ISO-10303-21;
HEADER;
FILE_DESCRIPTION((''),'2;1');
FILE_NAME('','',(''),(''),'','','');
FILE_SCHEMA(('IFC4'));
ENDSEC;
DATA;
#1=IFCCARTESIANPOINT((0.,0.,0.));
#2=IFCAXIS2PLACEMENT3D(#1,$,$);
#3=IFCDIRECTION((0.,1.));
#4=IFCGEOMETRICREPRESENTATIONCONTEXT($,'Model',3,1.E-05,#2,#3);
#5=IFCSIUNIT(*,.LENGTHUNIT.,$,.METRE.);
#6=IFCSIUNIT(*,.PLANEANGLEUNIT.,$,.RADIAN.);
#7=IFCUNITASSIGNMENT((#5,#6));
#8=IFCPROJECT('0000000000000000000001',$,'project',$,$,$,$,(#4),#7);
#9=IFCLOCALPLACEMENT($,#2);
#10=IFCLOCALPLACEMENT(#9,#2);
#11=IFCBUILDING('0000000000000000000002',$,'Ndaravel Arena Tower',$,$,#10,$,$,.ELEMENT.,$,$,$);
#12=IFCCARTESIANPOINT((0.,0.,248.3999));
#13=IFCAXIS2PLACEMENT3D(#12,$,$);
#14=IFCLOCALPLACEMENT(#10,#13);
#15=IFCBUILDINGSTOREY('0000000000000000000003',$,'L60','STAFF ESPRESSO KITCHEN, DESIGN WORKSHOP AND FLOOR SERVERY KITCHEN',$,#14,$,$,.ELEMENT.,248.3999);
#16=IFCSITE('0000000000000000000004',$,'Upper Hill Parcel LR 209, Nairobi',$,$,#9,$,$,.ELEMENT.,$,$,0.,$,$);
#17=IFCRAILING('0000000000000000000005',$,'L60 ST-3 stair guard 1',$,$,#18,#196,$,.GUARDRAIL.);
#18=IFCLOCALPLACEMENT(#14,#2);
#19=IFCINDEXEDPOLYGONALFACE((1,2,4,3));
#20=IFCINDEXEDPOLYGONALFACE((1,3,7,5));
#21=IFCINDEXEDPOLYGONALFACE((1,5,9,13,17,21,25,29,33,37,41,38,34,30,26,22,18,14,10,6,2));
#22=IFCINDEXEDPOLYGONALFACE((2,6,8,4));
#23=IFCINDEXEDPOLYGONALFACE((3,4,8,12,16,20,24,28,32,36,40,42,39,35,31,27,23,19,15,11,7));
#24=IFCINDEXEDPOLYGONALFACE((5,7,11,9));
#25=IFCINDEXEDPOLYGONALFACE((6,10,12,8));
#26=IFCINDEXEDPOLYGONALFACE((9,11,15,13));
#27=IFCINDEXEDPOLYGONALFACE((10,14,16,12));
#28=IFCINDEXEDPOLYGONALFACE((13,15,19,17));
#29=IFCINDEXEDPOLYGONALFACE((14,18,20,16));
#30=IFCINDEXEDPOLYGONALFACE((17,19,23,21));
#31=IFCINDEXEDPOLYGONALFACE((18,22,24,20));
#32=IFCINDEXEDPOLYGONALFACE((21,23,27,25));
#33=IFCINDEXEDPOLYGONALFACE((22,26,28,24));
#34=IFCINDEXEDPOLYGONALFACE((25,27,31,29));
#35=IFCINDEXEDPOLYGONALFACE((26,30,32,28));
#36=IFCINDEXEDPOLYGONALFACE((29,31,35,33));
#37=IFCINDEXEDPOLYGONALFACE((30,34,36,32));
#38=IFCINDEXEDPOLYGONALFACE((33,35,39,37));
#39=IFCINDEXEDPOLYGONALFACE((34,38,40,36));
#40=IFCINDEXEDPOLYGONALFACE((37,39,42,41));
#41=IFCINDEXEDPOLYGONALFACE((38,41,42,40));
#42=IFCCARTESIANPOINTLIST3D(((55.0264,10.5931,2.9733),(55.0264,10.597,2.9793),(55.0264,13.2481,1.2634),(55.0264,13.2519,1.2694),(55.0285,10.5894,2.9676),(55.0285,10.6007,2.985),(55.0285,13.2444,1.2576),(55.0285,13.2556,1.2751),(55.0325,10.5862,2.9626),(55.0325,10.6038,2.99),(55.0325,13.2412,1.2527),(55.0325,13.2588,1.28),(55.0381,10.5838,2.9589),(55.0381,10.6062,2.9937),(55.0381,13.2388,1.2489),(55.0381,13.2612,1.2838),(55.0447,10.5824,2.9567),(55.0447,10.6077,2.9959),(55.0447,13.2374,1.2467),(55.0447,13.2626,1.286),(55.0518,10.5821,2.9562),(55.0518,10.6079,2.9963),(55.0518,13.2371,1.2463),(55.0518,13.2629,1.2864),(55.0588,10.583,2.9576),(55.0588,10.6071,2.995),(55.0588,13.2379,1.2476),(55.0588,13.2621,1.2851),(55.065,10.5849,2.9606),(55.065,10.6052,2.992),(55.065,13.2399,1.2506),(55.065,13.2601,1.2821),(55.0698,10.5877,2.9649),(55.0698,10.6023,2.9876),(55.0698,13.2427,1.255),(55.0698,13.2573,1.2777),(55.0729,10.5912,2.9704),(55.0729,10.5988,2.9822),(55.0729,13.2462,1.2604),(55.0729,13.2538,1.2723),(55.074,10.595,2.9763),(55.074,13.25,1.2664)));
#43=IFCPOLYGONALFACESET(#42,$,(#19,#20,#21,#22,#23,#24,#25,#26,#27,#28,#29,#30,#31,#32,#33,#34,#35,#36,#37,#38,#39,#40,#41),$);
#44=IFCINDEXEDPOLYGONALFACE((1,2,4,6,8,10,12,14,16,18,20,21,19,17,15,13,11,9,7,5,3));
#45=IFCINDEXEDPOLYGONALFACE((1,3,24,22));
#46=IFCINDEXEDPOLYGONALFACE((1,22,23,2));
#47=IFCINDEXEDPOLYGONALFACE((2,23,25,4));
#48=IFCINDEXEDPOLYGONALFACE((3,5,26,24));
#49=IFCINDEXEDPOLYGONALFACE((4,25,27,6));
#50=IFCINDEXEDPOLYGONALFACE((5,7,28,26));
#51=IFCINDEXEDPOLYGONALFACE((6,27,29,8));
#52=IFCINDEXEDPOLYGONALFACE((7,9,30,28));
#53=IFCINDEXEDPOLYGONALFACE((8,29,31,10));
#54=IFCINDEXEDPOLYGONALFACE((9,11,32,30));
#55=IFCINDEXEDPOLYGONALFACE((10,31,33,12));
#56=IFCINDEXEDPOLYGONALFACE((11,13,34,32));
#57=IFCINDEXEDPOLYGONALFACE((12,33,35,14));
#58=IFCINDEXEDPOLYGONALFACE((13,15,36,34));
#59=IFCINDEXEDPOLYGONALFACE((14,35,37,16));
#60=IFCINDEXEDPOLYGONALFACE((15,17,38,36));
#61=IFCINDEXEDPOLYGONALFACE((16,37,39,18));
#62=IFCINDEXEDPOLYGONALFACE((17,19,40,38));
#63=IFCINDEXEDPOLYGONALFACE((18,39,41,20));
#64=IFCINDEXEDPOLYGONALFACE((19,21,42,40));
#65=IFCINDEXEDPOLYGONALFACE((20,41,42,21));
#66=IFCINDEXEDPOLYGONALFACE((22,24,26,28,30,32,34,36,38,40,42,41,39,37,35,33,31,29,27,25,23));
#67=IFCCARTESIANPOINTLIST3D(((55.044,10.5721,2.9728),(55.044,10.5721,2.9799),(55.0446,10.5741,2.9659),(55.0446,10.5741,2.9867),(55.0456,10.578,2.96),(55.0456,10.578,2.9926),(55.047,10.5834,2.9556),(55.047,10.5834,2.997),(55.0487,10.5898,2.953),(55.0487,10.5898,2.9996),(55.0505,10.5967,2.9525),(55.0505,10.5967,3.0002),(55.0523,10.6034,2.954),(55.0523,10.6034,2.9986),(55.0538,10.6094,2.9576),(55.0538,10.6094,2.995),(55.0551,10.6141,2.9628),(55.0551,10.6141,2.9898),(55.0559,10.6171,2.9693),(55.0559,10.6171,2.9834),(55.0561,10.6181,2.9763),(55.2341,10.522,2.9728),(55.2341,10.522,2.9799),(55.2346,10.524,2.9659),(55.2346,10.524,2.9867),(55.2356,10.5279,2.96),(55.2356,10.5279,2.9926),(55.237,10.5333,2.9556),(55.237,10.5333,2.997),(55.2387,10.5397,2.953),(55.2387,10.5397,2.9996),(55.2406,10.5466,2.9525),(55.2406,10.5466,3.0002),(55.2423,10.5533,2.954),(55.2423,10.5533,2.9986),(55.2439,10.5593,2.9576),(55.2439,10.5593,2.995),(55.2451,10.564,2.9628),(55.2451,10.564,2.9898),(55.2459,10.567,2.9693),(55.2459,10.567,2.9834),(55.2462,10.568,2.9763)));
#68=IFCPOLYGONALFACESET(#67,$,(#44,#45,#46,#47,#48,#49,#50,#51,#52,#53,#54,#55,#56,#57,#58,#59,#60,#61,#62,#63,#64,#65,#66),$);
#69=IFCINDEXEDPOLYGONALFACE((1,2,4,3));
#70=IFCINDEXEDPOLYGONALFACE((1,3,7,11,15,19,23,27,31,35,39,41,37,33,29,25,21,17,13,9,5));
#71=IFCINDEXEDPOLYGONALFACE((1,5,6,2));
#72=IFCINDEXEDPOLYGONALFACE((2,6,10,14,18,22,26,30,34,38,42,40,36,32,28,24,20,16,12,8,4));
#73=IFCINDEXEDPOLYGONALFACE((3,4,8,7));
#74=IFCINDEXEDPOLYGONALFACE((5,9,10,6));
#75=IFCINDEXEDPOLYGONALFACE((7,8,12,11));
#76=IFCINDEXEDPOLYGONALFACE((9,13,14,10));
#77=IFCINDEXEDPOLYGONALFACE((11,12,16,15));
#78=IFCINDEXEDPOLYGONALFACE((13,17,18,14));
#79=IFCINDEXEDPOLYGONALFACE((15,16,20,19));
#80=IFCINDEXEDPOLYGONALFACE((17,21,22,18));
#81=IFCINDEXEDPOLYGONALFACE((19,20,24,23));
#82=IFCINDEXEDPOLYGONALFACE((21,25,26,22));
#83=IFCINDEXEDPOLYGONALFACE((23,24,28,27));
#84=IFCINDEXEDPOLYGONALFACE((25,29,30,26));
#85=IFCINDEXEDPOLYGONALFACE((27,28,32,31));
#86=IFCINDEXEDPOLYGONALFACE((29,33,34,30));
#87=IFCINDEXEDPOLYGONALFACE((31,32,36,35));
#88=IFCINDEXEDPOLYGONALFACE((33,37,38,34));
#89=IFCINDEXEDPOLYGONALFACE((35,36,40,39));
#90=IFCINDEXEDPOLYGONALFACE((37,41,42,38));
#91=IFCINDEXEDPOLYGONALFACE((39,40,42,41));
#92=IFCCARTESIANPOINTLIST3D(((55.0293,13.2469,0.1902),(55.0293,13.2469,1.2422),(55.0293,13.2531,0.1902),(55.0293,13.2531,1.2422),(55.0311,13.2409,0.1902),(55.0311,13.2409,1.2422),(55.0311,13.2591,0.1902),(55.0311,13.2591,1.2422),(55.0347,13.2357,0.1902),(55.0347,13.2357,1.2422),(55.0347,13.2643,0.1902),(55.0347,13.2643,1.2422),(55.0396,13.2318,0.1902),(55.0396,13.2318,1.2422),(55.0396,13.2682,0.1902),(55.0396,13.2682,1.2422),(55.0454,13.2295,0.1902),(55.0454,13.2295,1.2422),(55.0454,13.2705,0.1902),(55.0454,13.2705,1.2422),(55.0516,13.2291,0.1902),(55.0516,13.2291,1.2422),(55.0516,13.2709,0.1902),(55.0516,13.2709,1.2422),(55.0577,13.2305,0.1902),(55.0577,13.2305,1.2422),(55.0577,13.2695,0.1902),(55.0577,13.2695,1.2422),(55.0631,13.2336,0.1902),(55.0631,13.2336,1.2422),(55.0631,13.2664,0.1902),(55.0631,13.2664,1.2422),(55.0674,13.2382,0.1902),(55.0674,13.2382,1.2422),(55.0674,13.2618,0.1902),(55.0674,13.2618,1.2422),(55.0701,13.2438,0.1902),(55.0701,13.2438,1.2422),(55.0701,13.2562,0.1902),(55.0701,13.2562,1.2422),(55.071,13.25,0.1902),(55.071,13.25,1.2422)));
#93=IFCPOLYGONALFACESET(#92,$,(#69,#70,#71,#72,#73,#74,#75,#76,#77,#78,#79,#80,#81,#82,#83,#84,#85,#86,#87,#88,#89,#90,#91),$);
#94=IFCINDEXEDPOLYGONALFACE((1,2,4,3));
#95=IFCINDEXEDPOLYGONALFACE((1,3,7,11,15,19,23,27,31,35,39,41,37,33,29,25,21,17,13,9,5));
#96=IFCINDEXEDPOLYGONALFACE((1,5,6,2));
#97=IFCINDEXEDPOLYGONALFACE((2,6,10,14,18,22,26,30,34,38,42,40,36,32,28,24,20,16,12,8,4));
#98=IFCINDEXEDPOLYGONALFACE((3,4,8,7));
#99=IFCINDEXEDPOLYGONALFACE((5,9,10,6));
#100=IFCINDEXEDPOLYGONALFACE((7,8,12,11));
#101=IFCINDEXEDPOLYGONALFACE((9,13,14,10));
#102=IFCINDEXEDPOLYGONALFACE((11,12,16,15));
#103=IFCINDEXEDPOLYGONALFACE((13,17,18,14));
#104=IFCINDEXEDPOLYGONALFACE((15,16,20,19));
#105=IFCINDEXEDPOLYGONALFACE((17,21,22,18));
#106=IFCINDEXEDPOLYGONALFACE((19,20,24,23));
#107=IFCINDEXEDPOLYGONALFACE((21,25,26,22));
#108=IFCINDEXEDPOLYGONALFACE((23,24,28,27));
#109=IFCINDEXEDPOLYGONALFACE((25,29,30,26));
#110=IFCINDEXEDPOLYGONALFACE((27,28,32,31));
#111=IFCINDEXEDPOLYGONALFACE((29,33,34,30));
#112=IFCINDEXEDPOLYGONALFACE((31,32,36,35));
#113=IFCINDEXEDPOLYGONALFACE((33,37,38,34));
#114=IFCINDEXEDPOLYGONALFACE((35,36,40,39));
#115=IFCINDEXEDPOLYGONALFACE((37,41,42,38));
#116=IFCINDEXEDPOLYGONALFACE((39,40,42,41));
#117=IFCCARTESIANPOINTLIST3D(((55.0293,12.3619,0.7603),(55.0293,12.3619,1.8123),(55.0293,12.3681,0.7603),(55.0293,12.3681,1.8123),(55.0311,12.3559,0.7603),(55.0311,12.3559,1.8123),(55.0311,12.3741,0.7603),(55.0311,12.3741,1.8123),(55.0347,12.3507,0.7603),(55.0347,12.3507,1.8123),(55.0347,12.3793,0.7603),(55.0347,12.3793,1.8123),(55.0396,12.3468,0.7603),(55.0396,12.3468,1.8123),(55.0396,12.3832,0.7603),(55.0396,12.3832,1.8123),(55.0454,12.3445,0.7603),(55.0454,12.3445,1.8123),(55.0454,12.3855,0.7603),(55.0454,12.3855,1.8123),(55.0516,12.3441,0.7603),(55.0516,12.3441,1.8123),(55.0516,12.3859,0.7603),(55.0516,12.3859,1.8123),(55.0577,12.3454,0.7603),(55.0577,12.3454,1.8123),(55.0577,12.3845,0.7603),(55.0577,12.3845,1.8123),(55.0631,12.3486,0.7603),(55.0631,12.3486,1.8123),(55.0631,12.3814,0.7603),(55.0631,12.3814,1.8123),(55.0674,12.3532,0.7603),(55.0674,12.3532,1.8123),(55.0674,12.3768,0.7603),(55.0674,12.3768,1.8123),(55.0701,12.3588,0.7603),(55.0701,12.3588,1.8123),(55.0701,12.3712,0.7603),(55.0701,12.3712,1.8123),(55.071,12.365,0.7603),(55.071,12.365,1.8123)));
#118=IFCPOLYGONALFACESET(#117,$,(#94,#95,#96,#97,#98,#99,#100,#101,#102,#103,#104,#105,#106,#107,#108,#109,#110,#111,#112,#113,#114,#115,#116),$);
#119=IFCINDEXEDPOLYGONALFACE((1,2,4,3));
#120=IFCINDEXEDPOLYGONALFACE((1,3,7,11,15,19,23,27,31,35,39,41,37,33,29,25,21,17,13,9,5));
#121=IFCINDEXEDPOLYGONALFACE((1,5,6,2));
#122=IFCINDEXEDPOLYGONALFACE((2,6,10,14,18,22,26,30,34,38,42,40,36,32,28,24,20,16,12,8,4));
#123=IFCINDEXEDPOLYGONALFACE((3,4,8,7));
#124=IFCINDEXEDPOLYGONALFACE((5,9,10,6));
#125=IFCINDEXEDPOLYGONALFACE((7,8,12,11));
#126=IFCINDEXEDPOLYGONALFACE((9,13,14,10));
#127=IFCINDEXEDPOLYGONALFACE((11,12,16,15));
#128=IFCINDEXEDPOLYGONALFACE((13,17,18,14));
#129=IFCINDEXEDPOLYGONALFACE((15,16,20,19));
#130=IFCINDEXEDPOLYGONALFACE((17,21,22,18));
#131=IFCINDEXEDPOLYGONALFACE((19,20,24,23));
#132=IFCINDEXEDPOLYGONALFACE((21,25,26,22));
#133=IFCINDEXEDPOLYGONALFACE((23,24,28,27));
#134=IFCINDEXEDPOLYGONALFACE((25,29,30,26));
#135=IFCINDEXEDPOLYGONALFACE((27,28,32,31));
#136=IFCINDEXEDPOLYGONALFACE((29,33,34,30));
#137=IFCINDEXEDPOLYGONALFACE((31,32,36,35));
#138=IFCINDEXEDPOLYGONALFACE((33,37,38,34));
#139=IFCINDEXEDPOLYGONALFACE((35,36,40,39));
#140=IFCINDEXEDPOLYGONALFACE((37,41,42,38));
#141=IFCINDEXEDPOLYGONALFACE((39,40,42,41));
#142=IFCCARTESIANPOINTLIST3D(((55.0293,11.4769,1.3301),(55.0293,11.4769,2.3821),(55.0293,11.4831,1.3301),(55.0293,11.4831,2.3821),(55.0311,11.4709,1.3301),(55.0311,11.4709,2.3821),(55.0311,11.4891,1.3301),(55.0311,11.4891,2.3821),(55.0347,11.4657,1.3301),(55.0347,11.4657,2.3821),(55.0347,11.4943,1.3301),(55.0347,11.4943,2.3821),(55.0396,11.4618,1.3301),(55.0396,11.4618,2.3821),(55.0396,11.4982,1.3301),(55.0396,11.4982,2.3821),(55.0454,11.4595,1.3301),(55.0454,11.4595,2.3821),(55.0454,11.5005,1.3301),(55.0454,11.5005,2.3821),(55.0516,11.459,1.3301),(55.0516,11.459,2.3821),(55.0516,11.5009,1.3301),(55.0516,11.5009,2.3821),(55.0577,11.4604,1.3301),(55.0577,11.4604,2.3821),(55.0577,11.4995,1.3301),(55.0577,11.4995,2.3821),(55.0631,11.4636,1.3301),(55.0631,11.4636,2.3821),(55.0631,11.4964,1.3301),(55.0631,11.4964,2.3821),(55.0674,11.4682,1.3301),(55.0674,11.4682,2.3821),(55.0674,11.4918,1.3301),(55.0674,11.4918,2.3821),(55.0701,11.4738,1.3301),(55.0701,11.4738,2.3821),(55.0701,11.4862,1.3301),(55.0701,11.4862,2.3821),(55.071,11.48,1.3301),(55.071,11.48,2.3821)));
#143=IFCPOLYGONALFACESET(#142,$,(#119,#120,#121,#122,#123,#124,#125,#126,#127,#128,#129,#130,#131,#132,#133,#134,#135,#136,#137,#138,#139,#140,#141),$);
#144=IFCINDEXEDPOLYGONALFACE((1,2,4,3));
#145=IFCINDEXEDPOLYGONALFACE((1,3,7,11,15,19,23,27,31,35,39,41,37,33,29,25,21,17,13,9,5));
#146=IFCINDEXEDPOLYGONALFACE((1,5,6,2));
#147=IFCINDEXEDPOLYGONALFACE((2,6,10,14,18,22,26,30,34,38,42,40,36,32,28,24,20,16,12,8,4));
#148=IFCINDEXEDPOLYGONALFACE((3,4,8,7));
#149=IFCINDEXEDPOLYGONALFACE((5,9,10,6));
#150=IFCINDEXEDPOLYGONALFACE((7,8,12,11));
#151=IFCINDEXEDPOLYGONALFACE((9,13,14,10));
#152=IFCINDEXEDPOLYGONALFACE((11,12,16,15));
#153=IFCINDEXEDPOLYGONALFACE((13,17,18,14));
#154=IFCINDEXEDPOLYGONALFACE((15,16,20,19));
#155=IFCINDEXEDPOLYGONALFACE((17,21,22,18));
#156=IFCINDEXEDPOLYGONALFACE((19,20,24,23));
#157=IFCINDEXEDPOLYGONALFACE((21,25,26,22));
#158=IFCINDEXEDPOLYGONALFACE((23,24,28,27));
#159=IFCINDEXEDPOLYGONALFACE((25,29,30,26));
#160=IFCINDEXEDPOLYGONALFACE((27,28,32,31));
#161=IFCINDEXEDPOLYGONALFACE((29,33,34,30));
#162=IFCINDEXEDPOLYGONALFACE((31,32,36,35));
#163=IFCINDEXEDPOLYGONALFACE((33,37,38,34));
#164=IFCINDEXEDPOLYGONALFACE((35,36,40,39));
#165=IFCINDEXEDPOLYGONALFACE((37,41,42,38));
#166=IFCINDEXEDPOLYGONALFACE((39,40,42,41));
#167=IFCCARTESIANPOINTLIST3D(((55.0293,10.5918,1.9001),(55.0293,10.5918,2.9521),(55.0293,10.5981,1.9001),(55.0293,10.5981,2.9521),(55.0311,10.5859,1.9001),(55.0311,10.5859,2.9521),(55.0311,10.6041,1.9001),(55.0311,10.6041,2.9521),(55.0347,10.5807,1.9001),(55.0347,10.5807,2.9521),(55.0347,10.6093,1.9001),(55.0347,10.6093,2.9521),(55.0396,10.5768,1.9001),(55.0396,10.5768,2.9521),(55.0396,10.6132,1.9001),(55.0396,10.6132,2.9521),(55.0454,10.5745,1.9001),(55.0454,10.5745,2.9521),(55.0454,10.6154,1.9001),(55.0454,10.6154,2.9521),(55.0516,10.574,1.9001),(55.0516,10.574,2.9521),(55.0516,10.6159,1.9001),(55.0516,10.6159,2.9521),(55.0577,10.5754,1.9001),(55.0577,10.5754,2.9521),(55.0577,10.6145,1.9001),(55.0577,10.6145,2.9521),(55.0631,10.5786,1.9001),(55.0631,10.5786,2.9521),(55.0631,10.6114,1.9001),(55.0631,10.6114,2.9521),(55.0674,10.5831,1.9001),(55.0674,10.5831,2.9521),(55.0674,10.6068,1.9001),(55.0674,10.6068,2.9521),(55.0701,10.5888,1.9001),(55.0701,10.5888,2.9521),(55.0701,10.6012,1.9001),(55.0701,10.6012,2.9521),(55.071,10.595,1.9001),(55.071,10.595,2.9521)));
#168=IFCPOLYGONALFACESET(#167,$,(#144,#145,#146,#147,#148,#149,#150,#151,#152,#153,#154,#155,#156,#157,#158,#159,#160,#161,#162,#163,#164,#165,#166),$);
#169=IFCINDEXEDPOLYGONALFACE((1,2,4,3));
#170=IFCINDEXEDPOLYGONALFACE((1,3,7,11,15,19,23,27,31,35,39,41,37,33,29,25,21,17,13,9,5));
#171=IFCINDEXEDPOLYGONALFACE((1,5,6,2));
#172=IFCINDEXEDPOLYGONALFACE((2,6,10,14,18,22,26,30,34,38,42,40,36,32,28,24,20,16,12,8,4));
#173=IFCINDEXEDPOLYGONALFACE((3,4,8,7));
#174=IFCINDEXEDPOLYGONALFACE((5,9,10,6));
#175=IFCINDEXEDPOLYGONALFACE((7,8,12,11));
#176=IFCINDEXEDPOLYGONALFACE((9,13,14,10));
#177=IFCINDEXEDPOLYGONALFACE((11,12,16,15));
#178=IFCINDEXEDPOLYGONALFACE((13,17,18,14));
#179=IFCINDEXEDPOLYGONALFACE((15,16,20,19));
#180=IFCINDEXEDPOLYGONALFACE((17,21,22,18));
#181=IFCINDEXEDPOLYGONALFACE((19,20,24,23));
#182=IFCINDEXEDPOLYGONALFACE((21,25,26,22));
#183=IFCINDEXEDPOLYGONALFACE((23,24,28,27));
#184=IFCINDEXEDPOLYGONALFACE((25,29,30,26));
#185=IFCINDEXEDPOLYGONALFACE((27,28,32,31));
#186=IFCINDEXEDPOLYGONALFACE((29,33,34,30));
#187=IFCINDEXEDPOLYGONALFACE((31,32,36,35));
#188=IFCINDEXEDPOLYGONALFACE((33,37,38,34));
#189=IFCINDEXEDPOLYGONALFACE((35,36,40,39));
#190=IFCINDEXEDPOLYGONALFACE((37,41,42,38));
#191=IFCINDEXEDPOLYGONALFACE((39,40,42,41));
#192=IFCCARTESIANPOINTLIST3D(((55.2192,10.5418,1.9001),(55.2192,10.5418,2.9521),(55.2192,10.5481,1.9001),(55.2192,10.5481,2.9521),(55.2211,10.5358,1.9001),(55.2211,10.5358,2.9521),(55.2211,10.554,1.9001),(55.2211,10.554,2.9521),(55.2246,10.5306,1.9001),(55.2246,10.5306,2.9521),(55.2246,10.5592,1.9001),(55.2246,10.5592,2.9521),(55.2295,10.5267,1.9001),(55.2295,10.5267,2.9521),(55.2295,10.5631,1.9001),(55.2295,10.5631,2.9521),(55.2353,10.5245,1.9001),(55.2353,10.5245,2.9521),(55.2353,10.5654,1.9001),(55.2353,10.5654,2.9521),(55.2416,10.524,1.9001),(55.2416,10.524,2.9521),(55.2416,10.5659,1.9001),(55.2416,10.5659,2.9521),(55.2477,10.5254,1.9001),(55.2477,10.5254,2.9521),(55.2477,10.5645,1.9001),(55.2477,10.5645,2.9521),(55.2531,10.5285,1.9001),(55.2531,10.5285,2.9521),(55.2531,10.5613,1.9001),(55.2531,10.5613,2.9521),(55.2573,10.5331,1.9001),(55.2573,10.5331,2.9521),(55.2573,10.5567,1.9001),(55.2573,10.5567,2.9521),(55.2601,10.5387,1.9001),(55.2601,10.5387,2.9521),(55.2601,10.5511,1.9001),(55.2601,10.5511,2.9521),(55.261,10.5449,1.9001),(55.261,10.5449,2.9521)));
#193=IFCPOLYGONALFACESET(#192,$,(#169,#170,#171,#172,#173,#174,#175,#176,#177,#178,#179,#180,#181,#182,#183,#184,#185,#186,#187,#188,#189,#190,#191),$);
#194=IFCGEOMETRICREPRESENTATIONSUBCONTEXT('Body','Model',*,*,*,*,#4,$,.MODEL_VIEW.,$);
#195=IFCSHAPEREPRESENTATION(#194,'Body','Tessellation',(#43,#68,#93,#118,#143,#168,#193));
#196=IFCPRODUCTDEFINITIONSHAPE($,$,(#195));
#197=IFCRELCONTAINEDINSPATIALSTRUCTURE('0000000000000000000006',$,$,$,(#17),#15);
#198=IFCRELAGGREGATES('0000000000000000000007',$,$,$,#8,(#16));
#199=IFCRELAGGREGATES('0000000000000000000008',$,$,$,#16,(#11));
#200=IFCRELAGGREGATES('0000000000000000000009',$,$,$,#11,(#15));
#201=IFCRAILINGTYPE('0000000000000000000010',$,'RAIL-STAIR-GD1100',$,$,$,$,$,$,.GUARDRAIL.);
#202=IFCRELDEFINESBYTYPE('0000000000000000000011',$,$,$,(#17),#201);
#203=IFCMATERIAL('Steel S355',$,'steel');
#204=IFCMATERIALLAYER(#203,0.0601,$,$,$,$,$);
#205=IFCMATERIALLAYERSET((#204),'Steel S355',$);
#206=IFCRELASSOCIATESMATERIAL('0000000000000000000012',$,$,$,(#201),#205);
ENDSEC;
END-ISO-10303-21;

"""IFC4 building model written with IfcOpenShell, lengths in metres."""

from ifc_helpers import new_model, si_unit, direction, frame, origin, origin_2d, place, context, subcontext, project, spatial, circle, extrude, material, layer, layer_set, type_object, element, save


model = new_model("IFC4")

# Units and contexts
model_context = context("Model", 3, precision=1e-05, world=origin(), true_north=direction((0.0, 1.0)))
body_context = subcontext(model_context, "Body", "Model", "MODEL_VIEW")
ifc_project = project(units=[si_unit("LENGTHUNIT", "METRE"), si_unit("PLANEANGLEUNIT", "RADIAN")], contexts=[model_context])

# Site, building, storey
site_placement = place(None, origin())
site = spatial("IfcSite", under=ifc_project, at=site_placement, Name="Upper Hill Parcel LR 209, Nairobi", CompositionType="ELEMENT", RefElevation=0.0)
building_placement = place(site_placement, origin())
building = spatial("IfcBuilding", under=site, at=building_placement, Name="Ndaravel Arena Tower", CompositionType="ELEMENT")
storey_placement = place(building_placement, frame((0.0, 0.0, 248.3999)))
storey = spatial("IfcBuildingStorey", under=building, at=storey_placement, Name="L60", Description="STAFF ESPRESSO KITCHEN, DESIGN WORKSHOP AND FLOOR SERVERY KITCHEN", CompositionType="ELEMENT", Elevation=248.3999)

# Railing
ifc_material_1 = material(Name="Steel S355", Category="steel")
ifc_layer_1 = layer(ifc_material_1, 0.0601)
ifc_layer_set_1 = layer_set([ifc_layer_1], Name="Steel S355")
railing_type = type_object("IfcRailingType", Name="RAIL-STAIR-GD1100", PredefinedType="GUARDRAIL", material=ifc_layer_set_1)
railing_1_placement = place(storey_placement, frame((55.05, 13.25, 0.1902)))
element("IfcRailing", 1, at=railing_1_placement, inside=storey, type_object=railing_type, Name="L60 ST-3 stair guard 1", PredefinedType="GUARDRAIL", context=body_context, shape_type="SweptSolid", body=[
    extrude(circle(Radius=0.0239, at=origin_2d()), frame((0.0, 0.0, 1.0762), z_axis=(0.0, -0.840724, 0.541465), x_axis=(1.0, 0.0, 0.0)), (0.0, 0.0, 1.0), 3.158),
    extrude(circle(Radius=0.0239, at=origin_2d()), frame((0.0, -2.655, 2.7861), z_axis=(0.966994, -0.254799, 0.0), x_axis=(0.254799, 0.966994, 0.0)), (0.0, 0.0, 1.0), 0.1965),
    extrude(circle(Radius=0.021, at=origin_2d()), origin(), (0.0, 0.0, 1.0), 1.052),
    extrude(circle(Radius=0.021, at=origin_2d()), frame((0.0, -0.885, 0.5701)), (0.0, 0.0, 1.0), 1.052),
    extrude(circle(Radius=0.021, at=origin_2d()), frame((0.0, -1.77, 1.1399)), (0.0, 0.0, 1.0), 1.052),
    extrude(circle(Radius=0.021, at=origin_2d()), frame((0.0, -2.655, 1.71)), (0.0, 0.0, 1.0), 1.052),
    extrude(circle(Radius=0.021, at=origin_2d()), frame((0.1899, -2.7051, 1.71)), (0.0, 0.0, 1.0), 1.052),
])

save(model, "model.ifc")
